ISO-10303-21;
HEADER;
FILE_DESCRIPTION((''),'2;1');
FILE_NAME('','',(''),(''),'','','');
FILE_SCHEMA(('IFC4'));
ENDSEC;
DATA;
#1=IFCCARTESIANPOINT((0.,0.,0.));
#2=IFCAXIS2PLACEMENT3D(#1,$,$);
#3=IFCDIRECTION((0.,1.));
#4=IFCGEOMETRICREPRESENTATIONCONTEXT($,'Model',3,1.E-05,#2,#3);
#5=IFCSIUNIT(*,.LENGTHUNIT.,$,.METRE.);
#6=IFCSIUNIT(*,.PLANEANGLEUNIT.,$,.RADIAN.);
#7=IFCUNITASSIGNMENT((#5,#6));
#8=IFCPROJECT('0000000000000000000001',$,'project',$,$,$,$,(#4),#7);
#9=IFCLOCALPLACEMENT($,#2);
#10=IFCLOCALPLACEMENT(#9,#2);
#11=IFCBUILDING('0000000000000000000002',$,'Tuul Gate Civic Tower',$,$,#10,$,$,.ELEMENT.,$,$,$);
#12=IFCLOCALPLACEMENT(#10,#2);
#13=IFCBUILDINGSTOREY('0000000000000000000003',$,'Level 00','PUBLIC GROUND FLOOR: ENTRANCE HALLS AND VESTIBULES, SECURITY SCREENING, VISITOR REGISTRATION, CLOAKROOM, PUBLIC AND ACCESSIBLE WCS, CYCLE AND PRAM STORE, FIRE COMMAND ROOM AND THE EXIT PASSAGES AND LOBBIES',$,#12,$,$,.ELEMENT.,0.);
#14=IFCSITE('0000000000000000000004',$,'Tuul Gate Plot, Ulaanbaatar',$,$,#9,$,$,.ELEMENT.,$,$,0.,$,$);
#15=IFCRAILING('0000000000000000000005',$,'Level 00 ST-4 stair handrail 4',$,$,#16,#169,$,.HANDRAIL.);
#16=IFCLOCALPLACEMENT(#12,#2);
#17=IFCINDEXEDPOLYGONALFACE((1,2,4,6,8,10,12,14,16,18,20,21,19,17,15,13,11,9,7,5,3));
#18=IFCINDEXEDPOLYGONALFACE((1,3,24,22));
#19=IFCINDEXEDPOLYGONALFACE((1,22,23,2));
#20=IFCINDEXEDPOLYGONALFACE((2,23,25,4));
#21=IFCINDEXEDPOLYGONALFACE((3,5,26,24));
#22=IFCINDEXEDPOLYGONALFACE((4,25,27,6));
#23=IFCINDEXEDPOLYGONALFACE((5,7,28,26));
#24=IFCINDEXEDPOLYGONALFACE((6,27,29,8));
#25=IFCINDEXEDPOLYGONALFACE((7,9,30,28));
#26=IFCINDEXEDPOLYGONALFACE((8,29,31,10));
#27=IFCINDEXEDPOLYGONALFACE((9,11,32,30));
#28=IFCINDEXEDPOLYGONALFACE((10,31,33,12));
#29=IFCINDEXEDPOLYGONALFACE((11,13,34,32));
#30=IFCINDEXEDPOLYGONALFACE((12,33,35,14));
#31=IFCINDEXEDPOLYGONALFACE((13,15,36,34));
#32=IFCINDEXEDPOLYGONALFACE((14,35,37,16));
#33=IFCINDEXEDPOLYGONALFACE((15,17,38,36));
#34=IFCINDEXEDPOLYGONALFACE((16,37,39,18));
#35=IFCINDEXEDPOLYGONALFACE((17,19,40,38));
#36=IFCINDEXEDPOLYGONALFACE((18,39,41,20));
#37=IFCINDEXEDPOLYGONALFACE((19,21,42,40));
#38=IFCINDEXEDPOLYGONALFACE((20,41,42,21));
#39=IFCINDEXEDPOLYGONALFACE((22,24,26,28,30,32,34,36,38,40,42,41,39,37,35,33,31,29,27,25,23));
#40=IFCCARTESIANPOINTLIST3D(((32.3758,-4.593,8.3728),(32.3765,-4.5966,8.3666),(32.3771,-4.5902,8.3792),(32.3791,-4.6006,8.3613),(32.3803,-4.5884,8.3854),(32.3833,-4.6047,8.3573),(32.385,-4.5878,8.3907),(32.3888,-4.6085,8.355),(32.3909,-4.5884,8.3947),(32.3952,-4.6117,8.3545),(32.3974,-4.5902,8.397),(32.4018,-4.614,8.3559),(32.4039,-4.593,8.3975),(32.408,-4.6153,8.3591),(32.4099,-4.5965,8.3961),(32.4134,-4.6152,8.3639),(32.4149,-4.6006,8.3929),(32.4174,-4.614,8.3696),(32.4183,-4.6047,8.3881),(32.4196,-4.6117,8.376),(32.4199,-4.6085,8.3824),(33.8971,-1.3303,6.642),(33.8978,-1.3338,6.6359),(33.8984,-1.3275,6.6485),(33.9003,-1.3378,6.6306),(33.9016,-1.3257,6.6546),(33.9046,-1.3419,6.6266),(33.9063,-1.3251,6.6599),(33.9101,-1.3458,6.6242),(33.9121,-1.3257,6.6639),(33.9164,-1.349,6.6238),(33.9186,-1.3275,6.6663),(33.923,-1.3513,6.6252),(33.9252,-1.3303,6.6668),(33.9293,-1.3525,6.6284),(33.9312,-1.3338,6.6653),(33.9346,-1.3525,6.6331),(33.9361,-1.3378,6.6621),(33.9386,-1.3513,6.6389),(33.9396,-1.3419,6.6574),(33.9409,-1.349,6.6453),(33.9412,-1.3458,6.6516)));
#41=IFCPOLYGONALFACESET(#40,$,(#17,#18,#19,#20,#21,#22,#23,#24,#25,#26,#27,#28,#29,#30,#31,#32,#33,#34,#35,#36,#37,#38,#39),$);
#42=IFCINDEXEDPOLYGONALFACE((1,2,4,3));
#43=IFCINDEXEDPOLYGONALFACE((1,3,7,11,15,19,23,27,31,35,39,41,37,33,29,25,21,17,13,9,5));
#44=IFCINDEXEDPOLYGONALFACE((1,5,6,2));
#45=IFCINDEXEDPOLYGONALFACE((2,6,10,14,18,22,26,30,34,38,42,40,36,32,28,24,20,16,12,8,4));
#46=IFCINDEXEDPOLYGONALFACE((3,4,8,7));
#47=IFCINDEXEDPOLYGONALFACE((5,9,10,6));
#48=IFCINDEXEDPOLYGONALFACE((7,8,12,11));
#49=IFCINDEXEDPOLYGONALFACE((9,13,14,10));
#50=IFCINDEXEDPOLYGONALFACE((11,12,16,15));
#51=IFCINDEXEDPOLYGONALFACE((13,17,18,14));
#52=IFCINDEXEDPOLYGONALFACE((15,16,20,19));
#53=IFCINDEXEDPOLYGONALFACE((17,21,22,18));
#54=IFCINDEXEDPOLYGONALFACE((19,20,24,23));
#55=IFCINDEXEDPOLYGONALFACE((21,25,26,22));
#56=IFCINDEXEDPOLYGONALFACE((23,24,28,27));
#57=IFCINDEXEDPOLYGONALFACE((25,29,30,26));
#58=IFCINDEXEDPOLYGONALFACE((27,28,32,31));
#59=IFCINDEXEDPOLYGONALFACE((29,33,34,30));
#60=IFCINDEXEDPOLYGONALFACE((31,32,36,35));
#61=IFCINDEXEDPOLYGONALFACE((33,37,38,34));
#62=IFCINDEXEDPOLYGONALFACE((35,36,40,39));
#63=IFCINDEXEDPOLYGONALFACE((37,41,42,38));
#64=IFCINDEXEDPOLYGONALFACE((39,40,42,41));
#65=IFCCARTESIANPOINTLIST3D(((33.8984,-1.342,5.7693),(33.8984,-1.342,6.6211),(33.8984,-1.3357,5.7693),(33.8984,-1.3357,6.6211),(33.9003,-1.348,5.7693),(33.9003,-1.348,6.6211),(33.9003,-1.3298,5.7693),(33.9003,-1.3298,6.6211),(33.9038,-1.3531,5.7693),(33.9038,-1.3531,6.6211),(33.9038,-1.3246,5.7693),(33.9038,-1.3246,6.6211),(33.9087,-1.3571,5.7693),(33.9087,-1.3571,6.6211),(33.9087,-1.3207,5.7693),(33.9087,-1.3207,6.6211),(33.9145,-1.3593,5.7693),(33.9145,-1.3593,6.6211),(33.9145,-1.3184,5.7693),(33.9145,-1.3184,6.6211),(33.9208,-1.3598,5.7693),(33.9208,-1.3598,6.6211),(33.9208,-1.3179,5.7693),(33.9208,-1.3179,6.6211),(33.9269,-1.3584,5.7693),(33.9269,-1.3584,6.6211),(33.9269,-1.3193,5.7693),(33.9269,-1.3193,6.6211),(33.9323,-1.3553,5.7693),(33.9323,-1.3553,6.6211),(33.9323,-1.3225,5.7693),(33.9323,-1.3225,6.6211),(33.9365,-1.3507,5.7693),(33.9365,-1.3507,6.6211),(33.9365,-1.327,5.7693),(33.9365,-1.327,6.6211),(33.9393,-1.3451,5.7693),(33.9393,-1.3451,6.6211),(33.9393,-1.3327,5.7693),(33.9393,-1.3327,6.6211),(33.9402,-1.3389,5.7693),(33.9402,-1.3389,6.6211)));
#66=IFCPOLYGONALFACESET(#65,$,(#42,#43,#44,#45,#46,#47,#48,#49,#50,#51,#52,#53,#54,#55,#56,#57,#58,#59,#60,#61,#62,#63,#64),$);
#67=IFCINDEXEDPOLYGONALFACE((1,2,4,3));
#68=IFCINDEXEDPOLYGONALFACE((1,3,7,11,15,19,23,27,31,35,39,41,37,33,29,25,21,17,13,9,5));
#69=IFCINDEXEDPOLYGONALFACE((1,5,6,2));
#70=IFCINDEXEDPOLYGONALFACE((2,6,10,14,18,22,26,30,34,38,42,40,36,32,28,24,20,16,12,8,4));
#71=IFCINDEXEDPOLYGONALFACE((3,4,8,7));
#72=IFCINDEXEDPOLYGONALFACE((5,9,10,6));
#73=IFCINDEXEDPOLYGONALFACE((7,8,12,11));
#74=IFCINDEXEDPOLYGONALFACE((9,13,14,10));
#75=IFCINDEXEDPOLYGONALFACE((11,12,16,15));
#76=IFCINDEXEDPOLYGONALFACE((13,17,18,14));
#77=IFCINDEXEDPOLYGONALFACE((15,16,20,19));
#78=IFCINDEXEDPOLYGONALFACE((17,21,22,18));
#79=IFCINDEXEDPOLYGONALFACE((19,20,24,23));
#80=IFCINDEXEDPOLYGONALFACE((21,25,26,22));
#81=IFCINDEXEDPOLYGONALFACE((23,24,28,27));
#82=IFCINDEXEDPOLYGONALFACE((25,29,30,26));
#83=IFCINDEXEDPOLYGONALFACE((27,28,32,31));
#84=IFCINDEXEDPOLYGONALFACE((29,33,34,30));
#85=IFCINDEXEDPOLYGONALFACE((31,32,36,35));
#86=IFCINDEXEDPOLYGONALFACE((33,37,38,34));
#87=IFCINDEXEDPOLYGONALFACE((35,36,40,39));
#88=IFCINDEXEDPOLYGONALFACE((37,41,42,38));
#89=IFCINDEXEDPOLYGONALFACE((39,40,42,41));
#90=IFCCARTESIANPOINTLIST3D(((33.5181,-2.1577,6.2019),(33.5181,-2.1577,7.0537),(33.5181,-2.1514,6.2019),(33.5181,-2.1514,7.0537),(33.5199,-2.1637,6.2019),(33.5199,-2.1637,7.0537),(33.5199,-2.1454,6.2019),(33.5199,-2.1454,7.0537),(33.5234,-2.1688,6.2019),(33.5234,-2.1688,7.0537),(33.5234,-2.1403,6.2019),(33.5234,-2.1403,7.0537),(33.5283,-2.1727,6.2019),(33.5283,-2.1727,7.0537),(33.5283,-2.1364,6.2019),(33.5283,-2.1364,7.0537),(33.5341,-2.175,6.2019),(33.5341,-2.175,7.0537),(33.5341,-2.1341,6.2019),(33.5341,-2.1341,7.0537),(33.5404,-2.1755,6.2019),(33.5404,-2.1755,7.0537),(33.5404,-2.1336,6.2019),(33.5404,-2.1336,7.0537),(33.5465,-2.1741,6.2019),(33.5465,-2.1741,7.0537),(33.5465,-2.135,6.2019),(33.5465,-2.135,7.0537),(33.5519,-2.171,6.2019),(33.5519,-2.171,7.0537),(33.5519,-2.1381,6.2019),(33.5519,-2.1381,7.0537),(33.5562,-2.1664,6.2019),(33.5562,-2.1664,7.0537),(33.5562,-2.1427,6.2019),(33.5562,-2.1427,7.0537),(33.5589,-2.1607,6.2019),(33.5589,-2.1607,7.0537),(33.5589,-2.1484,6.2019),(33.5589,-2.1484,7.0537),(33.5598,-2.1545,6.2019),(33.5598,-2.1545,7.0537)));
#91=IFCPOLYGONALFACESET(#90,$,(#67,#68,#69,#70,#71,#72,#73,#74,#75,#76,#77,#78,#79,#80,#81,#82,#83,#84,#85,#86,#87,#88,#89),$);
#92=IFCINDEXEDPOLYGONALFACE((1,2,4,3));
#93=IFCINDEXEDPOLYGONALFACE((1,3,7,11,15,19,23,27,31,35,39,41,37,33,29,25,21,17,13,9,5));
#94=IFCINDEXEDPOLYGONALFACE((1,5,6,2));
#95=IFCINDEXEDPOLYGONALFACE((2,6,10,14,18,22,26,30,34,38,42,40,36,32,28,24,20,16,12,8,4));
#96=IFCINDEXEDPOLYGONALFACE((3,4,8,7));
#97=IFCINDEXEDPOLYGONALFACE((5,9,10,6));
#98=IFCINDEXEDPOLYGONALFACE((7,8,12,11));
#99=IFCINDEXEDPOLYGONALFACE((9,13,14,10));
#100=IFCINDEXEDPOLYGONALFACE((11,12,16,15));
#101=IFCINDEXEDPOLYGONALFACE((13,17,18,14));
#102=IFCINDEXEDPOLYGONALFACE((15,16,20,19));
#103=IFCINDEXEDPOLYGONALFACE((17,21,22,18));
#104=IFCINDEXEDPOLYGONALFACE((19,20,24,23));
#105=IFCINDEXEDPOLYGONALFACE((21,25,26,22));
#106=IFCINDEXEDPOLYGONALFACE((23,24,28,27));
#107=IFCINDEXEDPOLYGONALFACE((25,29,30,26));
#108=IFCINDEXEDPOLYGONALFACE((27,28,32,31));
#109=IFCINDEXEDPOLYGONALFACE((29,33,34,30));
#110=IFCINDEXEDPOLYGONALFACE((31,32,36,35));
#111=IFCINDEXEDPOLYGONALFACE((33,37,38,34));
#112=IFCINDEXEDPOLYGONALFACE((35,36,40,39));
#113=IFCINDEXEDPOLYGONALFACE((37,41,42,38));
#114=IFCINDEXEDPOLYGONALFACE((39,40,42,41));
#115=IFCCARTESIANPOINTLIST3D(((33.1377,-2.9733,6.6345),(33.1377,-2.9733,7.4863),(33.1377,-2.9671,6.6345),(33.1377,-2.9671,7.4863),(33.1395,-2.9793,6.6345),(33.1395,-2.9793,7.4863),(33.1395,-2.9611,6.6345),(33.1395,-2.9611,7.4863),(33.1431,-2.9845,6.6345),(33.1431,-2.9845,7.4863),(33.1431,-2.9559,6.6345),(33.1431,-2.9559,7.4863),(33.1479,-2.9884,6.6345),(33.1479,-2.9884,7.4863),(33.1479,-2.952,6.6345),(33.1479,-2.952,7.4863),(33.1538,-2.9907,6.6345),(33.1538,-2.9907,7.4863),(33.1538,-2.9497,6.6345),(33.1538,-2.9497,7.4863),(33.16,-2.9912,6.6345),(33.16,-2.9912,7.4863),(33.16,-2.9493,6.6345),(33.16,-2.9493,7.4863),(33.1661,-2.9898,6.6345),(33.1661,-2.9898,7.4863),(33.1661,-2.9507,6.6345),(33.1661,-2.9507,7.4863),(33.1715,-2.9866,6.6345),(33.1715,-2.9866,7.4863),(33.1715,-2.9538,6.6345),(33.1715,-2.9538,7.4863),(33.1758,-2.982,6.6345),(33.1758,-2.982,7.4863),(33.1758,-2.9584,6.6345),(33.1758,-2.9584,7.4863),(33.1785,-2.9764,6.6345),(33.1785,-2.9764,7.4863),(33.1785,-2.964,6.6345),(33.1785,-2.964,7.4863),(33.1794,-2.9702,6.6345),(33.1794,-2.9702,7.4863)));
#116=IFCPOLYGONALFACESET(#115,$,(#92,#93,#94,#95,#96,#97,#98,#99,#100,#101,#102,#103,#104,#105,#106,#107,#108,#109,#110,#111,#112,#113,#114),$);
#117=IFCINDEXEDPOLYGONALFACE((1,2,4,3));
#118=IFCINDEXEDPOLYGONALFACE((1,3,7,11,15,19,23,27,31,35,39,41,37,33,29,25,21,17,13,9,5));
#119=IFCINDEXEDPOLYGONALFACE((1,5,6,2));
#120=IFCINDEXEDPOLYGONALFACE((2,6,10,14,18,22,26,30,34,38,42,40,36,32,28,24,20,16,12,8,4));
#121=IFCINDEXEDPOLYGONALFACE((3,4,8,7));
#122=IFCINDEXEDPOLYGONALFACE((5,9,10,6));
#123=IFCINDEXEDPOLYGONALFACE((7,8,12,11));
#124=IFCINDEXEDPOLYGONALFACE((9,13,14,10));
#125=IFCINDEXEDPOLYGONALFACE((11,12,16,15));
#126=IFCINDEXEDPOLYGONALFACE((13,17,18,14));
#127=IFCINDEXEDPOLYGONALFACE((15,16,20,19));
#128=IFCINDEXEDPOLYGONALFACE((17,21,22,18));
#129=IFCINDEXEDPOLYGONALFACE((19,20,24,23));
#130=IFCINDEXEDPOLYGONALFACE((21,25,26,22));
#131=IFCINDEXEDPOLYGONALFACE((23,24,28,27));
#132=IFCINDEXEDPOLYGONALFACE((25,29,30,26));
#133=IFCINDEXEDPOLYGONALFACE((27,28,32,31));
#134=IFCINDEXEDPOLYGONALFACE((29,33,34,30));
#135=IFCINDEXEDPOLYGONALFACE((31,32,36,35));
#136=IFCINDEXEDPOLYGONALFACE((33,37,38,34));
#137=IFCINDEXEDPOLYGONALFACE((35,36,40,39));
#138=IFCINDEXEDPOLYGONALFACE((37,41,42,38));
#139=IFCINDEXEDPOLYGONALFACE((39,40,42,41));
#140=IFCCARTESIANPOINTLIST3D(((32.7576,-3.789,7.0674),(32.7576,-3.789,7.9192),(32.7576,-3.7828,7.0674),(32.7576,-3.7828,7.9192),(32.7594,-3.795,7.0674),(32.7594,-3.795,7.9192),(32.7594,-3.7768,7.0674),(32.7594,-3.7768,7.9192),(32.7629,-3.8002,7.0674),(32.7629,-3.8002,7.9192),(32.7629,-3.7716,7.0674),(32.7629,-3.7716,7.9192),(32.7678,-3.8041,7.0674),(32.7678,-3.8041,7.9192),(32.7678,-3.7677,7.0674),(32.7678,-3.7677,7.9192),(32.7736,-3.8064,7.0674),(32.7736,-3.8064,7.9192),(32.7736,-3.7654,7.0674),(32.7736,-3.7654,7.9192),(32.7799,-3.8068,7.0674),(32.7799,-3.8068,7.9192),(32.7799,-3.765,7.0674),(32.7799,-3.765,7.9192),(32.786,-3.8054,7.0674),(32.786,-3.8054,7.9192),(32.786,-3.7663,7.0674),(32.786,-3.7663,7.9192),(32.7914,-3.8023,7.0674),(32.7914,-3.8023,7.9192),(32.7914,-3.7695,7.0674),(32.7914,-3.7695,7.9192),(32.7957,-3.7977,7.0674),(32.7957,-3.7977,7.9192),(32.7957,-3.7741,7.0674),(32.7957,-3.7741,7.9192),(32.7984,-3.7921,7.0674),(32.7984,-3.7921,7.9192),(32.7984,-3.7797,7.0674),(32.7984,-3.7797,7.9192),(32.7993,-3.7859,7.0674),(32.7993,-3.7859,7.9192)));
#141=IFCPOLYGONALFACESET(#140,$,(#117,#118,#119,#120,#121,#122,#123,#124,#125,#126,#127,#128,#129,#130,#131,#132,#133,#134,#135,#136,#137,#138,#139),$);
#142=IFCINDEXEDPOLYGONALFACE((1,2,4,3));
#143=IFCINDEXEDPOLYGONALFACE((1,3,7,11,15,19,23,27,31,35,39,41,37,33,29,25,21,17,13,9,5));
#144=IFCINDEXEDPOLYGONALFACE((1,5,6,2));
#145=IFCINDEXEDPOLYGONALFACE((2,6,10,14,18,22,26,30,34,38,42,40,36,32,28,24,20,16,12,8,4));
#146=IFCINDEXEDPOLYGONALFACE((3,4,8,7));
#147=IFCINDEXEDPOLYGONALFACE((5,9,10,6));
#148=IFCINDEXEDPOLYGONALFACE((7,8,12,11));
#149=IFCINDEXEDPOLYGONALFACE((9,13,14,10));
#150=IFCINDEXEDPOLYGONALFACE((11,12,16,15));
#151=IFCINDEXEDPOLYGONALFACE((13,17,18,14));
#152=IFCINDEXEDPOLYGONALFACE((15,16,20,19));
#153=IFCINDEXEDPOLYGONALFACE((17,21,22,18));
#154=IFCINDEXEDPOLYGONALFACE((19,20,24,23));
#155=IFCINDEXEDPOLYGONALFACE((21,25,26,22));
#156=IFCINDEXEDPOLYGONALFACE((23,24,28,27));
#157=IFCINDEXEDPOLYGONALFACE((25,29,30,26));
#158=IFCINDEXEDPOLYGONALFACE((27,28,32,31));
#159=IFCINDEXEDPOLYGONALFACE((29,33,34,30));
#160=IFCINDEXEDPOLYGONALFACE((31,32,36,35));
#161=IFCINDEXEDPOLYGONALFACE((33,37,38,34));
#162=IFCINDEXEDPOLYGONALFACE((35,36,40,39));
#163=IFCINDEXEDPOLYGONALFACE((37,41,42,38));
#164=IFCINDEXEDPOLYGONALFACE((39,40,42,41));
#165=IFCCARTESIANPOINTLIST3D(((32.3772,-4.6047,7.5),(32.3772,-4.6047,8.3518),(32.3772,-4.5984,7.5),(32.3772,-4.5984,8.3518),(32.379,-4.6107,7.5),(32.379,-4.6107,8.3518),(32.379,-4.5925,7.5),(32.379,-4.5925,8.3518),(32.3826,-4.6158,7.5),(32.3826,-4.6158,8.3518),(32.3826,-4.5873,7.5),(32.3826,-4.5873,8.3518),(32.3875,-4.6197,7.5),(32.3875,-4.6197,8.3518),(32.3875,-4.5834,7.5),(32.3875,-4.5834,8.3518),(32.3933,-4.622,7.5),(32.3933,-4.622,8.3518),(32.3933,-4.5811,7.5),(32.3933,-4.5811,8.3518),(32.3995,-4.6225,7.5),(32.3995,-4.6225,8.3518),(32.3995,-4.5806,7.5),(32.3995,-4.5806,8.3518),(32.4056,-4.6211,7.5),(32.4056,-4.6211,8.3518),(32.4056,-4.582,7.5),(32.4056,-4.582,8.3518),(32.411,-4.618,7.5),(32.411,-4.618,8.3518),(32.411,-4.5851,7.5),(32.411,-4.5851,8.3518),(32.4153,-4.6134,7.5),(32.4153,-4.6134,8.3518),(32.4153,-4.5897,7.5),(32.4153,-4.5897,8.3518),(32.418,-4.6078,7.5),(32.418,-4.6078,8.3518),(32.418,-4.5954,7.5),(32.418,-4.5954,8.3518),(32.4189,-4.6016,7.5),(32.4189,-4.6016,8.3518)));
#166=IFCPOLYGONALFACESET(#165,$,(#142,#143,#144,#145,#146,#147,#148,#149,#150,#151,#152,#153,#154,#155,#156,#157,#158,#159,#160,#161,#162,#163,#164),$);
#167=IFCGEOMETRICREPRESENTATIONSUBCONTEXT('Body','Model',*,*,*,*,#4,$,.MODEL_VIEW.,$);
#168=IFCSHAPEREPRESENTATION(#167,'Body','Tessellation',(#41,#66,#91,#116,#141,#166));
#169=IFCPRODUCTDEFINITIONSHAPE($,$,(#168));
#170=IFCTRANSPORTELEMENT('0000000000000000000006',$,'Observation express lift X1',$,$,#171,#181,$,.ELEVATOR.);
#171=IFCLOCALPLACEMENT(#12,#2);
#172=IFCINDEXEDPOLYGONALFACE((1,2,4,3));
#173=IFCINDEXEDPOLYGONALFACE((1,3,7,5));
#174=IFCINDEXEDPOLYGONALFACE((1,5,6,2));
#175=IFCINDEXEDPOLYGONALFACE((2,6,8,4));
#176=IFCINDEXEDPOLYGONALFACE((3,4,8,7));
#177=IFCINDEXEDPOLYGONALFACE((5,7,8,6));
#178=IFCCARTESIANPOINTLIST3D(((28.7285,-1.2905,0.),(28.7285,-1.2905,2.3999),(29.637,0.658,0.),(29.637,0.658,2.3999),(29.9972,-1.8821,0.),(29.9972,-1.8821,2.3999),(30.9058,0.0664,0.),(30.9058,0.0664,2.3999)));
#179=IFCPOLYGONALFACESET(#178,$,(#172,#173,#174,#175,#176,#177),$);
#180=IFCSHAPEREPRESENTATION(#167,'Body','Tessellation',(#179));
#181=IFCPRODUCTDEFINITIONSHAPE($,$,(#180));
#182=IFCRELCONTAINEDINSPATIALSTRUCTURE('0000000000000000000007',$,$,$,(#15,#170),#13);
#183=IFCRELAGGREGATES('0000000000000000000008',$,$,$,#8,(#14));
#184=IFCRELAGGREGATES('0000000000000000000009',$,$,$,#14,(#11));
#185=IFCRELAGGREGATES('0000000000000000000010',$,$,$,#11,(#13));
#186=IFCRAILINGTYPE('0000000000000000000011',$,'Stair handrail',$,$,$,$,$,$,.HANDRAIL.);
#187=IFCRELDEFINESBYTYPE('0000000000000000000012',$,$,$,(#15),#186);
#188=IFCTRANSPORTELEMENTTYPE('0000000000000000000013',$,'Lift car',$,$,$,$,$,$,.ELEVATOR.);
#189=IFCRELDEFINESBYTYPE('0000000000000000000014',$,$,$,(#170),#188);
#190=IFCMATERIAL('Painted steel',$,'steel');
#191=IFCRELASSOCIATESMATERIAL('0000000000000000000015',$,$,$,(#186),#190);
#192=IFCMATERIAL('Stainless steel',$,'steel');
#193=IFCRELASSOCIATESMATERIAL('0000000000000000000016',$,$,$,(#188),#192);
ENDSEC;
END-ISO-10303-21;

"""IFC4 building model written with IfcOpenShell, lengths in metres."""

from ifc_helpers import new_model, si_unit, direction, frame, origin, origin_2d, place, context, subcontext, project, spatial, rectangle, circle, extrude, material, type_object, element, save


model = new_model("IFC4")

# Units and contexts
model_context = context("Model", 3, precision=1e-05, world=origin(), true_north=direction((0.0, 1.0)))
body_context = subcontext(model_context, "Body", "Model", "MODEL_VIEW")
ifc_project = project(units=[si_unit("LENGTHUNIT", "METRE"), si_unit("PLANEANGLEUNIT", "RADIAN")], contexts=[model_context])

# Site, building, storey
site_placement = place(None, origin())
site = spatial("IfcSite", under=ifc_project, at=site_placement, Name="Tuul Gate Plot, Ulaanbaatar", CompositionType="ELEMENT", RefElevation=0.0)
building_placement = place(site_placement, origin())
building = spatial("IfcBuilding", under=site, at=building_placement, Name="Tuul Gate Civic Tower", CompositionType="ELEMENT")
storey_placement = place(building_placement, origin())
storey = spatial("IfcBuildingStorey", under=building, at=storey_placement, Name="Level 00", Description="PUBLIC GROUND FLOOR: ENTRANCE HALLS AND VESTIBULES, SECURITY SCREENING, VISITOR REGISTRATION, CLOAKROOM, PUBLIC AND ACCESSIBLE WCS, CYCLE AND PRAM STORE, FIRE COMMAND ROOM AND THE EXIT PASSAGES AND LOBBIES", CompositionType="ELEMENT", Elevation=0.0)

# Railing
ifc_material_1 = material(Name="Painted steel", Category="steel")
railing_type_1 = type_object("IfcRailingType", Name="Stair handrail", PredefinedType="HANDRAIL", material=ifc_material_1)
for number, where, name in (
    (1, (33.9192, -1.3389, 5.7693), "Level 00 ST-4 stair handrail 4"),
):
    element("IfcRailing", number, at=place(storey_placement, frame(where)), inside=storey, type_object=railing_type_1, Name=name, PredefinedType="HANDRAIL", context=body_context, shape_type="SweptSolid", body=[
        extrude(circle(Radius=0.0239, at=origin_2d()), frame((0.0, 0.0, 0.876), z_axis=(-0.380849, -0.81683, 0.433292), x_axis=(0.906327, -0.422577, 0.0)), (0.0, 0.0, 1.0), 3.9944),
        extrude(circle(Radius=0.021, at=origin_2d()), origin(), (0.0, 0.0, 1.0), 0.8518),
        extrude(circle(Radius=0.021, at=origin_2d()), frame((-0.3804, -0.8157, 0.4326)), (0.0, 0.0, 1.0), 0.8518),
        extrude(circle(Radius=0.021, at=origin_2d()), frame((-0.7607, -1.6313, 0.8652)), (0.0, 0.0, 1.0), 0.8518),
        extrude(circle(Radius=0.021, at=origin_2d()), frame((-1.1409, -2.447, 1.2981)), (0.0, 0.0, 1.0), 0.8518),
        extrude(circle(Radius=0.021, at=origin_2d()), frame((-1.5212, -3.2627, 1.7307)), (0.0, 0.0, 1.0), 0.8518),
    ])

# Transport element
ifc_material_2 = material(Name="Stainless steel", Category="steel")
transport_element_type = type_object("IfcTransportElementType", Name="Lift car", PredefinedType="ELEVATOR", material=ifc_material_2)
transport_element_placement = place(storey_placement, frame((29.8171, -0.6121, 0.0), z_axis=(0.0, 0.0, 1.0), x_axis=(-0.906314, 0.422606, 0.0)))
element("IfcTransportElement", 2, at=transport_element_placement, inside=storey, type_object=transport_element_type, Name="Observation express lift X1", PredefinedType="ELEVATOR", context=body_context, shape_type="SweptSolid", body=[
    extrude(rectangle(XDim=1.3999, YDim=2.1499, at=origin_2d()), origin(), (0.0, 0.0, 1.0), 2.3999),
])

save(model, "model.ifc")
